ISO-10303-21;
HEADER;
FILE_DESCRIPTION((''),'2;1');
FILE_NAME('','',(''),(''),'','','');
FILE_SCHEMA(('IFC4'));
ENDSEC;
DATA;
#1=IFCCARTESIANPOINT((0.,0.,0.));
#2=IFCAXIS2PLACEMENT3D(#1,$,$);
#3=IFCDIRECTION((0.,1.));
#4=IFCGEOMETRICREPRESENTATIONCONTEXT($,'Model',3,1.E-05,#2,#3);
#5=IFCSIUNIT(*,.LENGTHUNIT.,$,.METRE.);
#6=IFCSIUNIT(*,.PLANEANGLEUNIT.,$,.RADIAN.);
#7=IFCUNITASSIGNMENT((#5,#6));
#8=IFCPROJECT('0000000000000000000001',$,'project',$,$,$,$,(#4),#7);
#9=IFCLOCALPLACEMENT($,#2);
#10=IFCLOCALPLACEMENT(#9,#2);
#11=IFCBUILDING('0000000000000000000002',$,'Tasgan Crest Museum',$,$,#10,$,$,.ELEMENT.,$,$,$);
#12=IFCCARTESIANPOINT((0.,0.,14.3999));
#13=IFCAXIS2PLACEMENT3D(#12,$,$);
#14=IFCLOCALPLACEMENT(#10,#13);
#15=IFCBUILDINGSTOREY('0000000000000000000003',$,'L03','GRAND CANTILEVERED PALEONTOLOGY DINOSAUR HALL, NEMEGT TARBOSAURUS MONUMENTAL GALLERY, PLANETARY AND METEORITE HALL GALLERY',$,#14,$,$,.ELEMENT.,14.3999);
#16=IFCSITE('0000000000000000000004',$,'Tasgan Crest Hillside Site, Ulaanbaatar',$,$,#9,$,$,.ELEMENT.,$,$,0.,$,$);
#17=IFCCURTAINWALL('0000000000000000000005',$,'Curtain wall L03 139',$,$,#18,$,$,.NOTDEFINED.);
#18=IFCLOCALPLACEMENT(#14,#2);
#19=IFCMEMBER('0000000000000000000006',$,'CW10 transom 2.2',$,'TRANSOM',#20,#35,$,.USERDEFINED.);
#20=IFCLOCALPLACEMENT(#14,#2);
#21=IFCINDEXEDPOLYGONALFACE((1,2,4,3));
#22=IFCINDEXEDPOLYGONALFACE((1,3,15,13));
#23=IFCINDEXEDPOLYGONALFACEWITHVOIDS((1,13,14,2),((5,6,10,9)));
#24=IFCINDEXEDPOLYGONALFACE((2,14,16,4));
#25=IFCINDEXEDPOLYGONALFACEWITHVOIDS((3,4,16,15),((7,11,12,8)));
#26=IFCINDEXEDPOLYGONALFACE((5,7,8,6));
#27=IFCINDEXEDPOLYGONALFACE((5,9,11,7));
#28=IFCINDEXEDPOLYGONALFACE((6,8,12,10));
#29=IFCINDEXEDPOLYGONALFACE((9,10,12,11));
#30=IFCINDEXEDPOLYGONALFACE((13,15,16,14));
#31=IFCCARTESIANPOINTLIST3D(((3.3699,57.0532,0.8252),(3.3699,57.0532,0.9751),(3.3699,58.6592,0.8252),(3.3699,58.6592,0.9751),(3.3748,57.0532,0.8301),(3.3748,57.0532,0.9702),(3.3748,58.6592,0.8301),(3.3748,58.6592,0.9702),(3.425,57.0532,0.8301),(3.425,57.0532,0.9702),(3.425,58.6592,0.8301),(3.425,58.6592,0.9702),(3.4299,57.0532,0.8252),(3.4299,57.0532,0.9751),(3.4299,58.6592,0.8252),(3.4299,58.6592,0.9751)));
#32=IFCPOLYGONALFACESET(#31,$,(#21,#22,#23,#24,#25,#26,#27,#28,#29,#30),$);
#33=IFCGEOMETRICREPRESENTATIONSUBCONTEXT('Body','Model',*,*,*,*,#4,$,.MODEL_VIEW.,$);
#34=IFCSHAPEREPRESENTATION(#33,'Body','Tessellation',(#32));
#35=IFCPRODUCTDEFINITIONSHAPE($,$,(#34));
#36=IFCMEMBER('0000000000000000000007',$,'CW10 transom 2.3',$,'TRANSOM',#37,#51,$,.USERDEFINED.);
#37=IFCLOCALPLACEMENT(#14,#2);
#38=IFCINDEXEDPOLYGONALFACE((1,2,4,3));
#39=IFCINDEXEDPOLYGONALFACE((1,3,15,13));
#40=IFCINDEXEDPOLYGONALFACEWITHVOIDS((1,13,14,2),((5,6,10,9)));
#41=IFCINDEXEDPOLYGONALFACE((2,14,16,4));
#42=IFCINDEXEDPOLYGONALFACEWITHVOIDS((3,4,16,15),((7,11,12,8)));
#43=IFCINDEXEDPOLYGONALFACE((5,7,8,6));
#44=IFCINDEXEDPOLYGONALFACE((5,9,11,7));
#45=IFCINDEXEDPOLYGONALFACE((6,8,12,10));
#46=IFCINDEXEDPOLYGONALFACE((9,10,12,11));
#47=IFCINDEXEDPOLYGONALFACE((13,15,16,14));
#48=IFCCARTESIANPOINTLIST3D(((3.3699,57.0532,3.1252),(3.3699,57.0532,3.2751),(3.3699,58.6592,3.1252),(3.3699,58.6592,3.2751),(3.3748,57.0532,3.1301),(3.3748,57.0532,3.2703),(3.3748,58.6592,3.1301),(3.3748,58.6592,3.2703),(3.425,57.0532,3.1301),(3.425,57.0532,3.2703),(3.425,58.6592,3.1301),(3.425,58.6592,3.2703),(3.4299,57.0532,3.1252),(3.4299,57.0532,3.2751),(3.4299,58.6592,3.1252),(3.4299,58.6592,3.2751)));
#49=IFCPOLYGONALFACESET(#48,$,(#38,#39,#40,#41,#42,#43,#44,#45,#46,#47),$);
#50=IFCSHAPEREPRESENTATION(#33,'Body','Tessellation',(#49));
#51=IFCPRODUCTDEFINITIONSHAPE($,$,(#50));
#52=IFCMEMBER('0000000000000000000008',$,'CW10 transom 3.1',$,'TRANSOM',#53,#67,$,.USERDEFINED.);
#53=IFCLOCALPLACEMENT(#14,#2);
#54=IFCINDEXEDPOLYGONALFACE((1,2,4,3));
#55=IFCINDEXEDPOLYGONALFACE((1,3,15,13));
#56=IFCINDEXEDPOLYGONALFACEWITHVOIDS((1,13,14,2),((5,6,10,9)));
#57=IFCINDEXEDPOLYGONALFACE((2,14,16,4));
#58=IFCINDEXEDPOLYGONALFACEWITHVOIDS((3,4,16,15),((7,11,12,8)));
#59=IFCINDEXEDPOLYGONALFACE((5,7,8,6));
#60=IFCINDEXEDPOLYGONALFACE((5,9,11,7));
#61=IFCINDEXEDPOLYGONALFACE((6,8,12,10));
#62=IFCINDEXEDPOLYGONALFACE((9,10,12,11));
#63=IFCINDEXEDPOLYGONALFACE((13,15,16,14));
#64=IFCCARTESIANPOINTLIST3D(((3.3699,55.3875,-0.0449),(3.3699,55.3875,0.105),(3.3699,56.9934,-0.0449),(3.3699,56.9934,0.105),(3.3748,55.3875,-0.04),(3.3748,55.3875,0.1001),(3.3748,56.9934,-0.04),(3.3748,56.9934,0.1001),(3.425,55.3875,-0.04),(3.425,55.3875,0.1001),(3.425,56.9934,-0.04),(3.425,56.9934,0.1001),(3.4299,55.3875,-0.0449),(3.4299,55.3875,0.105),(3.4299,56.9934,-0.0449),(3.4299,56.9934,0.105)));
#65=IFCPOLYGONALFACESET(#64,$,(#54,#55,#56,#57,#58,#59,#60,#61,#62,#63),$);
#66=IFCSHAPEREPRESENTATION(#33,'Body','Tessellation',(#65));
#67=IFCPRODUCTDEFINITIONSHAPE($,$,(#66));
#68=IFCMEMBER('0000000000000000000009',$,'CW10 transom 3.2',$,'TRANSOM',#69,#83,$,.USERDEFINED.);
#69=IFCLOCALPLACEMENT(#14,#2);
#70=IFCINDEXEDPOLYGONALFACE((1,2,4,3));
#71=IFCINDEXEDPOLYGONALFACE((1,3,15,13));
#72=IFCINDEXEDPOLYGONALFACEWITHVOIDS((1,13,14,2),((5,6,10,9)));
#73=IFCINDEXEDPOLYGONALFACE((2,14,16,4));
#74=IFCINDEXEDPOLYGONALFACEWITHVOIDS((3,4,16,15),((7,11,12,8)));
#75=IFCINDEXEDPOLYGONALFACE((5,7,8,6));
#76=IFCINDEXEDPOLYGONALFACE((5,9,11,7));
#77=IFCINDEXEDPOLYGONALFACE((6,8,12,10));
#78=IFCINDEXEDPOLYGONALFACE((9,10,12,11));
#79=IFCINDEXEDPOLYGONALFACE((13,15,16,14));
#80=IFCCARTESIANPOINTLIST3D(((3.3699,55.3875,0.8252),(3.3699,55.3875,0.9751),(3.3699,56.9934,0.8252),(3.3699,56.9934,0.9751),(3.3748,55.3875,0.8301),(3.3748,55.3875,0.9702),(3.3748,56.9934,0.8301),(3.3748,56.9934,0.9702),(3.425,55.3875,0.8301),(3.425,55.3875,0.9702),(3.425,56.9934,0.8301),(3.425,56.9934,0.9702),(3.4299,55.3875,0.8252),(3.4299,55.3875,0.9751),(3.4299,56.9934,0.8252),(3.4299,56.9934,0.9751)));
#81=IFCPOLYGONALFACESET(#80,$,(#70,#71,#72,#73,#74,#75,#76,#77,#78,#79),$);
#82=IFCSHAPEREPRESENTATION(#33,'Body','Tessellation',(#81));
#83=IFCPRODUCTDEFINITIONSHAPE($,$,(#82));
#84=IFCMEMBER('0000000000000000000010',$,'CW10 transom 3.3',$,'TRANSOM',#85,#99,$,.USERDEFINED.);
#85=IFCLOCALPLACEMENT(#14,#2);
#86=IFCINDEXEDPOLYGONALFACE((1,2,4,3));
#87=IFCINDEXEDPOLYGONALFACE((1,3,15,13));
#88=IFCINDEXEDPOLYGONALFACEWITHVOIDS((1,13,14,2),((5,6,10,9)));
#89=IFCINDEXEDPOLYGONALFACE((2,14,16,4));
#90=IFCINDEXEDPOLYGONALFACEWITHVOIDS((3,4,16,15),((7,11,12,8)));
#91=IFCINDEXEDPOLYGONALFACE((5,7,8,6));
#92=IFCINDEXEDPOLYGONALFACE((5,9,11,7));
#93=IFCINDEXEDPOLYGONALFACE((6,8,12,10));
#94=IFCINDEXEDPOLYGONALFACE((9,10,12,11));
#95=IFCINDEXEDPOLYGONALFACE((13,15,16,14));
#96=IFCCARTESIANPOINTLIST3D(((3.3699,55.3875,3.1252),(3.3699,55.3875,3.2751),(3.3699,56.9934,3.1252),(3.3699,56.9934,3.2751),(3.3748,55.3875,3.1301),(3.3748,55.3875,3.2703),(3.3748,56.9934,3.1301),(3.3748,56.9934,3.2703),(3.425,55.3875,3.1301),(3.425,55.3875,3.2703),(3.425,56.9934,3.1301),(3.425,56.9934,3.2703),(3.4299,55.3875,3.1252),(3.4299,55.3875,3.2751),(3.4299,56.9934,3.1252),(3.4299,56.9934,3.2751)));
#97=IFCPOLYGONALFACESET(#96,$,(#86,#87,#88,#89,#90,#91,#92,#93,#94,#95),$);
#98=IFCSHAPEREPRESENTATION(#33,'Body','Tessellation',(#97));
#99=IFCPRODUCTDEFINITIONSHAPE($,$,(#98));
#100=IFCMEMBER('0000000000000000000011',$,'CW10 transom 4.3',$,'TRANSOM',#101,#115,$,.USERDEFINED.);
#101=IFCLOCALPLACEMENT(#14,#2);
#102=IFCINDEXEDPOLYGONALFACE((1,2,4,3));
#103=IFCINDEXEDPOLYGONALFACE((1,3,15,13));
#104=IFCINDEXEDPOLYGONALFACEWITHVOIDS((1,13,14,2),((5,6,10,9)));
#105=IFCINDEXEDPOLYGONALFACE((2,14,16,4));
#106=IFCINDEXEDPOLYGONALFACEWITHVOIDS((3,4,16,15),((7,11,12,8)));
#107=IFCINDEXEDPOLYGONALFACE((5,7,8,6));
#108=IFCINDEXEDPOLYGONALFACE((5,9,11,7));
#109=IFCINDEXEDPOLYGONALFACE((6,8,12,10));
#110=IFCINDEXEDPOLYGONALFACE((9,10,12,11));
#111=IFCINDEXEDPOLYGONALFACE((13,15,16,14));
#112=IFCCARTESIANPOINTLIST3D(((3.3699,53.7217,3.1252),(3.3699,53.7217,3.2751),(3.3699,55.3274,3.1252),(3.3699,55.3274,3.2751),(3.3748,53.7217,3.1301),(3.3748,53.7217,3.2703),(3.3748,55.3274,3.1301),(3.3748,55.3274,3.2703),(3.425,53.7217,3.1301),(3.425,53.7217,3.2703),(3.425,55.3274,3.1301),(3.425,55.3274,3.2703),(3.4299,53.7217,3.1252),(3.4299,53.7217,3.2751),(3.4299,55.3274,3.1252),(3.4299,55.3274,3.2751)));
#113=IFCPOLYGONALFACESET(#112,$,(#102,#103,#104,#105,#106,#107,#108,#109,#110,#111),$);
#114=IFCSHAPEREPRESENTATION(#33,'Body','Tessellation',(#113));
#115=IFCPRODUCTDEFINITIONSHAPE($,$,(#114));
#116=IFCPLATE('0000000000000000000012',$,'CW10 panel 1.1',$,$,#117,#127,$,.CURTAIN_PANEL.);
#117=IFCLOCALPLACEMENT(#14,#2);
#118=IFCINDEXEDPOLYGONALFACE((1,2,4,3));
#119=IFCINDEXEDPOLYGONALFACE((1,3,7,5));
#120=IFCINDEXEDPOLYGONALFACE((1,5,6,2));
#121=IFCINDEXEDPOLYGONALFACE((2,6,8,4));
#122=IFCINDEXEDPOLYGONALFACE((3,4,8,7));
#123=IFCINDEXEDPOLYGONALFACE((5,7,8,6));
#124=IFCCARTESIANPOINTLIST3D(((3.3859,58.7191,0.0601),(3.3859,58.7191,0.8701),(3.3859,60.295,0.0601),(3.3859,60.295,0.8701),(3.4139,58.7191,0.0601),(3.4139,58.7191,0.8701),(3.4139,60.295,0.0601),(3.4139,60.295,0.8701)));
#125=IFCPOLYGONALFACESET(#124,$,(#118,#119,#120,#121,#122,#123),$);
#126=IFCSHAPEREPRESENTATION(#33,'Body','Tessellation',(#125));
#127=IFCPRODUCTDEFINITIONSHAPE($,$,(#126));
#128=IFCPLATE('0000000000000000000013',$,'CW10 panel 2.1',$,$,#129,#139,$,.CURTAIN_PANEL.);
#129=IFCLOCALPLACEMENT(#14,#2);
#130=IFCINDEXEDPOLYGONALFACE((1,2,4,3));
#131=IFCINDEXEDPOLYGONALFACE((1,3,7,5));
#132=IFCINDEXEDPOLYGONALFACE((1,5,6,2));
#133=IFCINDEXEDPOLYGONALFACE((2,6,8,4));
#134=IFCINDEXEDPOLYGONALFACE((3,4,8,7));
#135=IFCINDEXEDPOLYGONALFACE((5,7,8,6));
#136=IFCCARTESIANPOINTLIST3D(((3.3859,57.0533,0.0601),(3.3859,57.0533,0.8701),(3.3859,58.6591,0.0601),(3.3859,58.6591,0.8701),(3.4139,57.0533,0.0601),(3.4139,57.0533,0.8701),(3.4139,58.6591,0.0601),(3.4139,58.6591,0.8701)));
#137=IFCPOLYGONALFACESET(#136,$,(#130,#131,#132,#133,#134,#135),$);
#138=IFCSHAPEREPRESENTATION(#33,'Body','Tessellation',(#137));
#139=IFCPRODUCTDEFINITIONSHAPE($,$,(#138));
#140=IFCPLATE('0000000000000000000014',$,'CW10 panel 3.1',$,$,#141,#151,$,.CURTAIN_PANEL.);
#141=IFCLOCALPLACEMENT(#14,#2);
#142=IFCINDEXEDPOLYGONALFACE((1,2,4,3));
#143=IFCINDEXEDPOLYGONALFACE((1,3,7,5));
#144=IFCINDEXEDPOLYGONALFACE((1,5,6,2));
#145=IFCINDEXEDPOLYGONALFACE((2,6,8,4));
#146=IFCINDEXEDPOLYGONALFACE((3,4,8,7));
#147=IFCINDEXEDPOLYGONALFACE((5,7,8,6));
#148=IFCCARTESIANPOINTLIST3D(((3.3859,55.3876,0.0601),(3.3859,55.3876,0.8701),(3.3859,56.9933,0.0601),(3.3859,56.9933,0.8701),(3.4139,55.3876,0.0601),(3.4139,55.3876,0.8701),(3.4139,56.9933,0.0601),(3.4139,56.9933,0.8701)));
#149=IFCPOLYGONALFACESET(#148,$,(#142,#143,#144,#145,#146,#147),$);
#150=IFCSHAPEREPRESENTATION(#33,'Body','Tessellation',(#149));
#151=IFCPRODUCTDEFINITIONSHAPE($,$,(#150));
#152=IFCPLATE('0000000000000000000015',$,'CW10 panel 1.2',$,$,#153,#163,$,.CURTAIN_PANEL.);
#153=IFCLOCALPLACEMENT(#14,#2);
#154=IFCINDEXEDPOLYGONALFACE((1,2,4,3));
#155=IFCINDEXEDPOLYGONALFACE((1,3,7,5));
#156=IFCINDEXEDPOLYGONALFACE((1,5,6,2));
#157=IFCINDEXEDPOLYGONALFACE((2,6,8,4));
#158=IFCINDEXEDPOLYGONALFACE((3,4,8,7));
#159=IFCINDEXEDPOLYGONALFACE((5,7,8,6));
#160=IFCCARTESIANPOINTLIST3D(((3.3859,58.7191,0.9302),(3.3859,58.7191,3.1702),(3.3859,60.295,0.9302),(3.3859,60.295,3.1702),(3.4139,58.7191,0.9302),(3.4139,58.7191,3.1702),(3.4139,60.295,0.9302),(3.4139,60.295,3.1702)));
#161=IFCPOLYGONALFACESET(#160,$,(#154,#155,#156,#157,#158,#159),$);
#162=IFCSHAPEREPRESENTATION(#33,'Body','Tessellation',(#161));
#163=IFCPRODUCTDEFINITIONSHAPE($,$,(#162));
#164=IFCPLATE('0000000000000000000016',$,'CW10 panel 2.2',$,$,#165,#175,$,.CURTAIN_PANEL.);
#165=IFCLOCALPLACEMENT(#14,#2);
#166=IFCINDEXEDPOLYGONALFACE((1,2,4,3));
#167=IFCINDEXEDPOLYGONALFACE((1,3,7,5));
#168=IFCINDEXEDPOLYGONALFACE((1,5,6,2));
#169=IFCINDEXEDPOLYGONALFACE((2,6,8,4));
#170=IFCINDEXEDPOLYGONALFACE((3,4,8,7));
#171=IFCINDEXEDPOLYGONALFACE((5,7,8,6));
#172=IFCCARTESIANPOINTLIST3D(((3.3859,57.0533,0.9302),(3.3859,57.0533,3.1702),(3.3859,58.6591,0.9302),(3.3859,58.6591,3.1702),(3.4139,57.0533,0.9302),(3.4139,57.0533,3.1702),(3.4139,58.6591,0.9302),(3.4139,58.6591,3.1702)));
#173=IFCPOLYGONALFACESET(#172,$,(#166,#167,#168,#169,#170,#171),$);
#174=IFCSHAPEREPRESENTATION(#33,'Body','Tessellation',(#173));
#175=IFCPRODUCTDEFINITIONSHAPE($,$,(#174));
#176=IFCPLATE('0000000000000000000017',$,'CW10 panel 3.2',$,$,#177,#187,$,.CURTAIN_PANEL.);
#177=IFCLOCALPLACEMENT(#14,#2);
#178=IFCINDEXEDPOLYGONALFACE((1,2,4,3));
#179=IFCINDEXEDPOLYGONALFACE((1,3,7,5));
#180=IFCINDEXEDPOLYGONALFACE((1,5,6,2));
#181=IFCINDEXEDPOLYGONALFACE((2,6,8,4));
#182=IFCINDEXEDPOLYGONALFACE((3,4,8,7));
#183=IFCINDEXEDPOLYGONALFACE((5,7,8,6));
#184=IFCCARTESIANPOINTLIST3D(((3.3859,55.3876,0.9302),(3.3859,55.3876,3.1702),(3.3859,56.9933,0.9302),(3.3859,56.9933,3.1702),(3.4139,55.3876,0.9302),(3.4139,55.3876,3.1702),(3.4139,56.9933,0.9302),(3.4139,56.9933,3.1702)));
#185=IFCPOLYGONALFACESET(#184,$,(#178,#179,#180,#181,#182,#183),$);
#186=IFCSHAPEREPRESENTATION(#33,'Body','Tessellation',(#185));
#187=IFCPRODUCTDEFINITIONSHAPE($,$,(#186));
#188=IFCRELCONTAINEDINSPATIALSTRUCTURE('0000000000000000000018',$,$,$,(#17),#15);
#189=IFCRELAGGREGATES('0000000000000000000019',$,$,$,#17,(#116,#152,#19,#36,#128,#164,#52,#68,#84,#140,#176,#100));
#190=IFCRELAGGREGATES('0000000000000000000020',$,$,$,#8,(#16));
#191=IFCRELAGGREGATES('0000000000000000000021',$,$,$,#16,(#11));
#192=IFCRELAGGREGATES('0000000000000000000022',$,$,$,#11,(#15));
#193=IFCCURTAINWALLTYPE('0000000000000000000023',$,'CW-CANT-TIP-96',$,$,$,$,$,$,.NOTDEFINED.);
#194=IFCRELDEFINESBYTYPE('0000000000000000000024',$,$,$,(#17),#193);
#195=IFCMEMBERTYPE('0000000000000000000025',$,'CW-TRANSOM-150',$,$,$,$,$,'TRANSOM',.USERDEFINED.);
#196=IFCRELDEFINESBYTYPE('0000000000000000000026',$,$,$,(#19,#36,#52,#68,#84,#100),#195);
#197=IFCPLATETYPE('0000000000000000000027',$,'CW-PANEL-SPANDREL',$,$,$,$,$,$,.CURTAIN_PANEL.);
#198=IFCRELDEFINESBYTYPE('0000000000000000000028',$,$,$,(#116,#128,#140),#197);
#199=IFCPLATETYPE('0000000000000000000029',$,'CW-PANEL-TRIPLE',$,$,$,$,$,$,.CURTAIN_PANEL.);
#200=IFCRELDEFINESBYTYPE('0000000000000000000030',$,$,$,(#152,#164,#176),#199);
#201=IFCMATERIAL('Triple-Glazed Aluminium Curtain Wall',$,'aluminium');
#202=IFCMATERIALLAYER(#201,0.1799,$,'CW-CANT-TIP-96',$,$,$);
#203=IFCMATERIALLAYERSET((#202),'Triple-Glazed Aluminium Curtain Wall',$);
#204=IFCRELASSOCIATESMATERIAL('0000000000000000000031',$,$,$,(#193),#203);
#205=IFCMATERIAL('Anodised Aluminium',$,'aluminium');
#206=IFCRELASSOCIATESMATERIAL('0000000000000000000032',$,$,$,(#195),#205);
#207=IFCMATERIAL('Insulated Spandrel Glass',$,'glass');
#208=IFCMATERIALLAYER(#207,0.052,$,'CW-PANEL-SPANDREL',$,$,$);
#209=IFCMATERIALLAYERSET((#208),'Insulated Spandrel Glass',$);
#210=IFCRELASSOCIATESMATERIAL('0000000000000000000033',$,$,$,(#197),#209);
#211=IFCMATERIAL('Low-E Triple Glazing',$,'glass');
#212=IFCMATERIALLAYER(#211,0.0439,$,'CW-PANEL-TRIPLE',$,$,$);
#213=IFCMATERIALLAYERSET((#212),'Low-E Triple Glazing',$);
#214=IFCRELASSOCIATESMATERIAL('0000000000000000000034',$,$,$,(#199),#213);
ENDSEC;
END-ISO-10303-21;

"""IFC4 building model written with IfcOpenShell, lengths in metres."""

from ifc_helpers import new_model, si_unit, direction, frame, origin, origin_2d, place, context, subcontext, project, spatial, rectangle, hollow_rectangle, extrude, material, layer, layer_set, material_profile, profile_set, type_object, element, aggregate, save


model = new_model("IFC4")

# Units and contexts
model_context = context("Model", 3, precision=1e-05, world=origin(), true_north=direction((0.0, 1.0)))
body_context = subcontext(model_context, "Body", "Model", "MODEL_VIEW")
ifc_project = project(units=[si_unit("LENGTHUNIT", "METRE"), si_unit("PLANEANGLEUNIT", "RADIAN")], contexts=[model_context])

# Site, building, storey
site_placement = place(None, origin())
site = spatial("IfcSite", under=ifc_project, at=site_placement, Name="Tasgan Crest Hillside Site, Ulaanbaatar", CompositionType="ELEMENT", RefElevation=0.0)
building_placement = place(site_placement, origin())
building = spatial("IfcBuilding", under=site, at=building_placement, Name="Tasgan Crest Museum", CompositionType="ELEMENT")
storey_placement = place(building_placement, frame((0.0, 0.0, 14.3999)))
storey = spatial("IfcBuildingStorey", under=building, at=storey_placement, Name="L03", Description="GRAND CANTILEVERED PALEONTOLOGY DINOSAUR HALL, NEMEGT TARBOSAURUS MONUMENTAL GALLERY, PLANETARY AND METEORITE HALL GALLERY", CompositionType="ELEMENT", Elevation=14.3999)

# Shared definitions
ifc_material_1 = material(Name="Triple-Glazed Aluminium Curtain Wall", Category="aluminium")
ifc_layer_1 = layer(ifc_material_1, 0.1799, Name="CW-CANT-TIP-96")
ifc_layer_set_1 = layer_set([ifc_layer_1], Name="Triple-Glazed Aluminium Curtain Wall")
curtain_wall_type = type_object("IfcCurtainWallType", Name="CW-CANT-TIP-96", PredefinedType="NOTDEFINED", material=ifc_layer_set_1)

# Curtain wall, members, plates
curtain_wall_1_placement = place(storey_placement, origin())
curtain_wall_1 = element("IfcCurtainWall", 1, at=curtain_wall_1_placement, inside=storey, type_object=curtain_wall_type, Name="Curtain wall L03 139", PredefinedType="NOTDEFINED")
ifc_material_2 = material(Name="Anodised Aluminium", Category="aluminium")
ifc_material_profile_1 = material_profile(ifc_material_2, hollow_rectangle(XDim=0.0601, YDim=0.1499, WallThickness=0.0049, at=origin_2d()), Name="ALU TRANSOM 150x60x5")
ifc_profile_set_1 = profile_set([ifc_material_profile_1], Name="Anodised Aluminium")
member_type_1 = type_object("IfcMemberType", Name="CW-TRANSOM-150", ElementType="TRANSOM", PredefinedType="USERDEFINED", material=ifc_profile_set_1)
member_1_placement = place(storey_placement, frame((3.3999, 58.6592, 0.9001), z_axis=(0.0, -1.0, 0.0), x_axis=(1.0, 0.0, 0.0)))
member_1 = element("IfcMember", 2, at=member_1_placement, type_object=member_type_1, Name="CW10 transom 2.2", ObjectType="TRANSOM", PredefinedType="USERDEFINED", context=body_context, shape_type="SweptSolid", body=[
    extrude(hollow_rectangle(XDim=0.0601, YDim=0.1499, WallThickness=0.0049, at=origin_2d()), origin(), (0.0, 0.0, 1.0), 1.606),
])
member_2_placement = place(storey_placement, frame((3.3999, 58.6592, 3.2002), z_axis=(0.0, -1.0, 0.0), x_axis=(1.0, 0.0, 0.0)))
member_2 = element("IfcMember", 3, at=member_2_placement, type_object=member_type_1, Name="CW10 transom 2.3", ObjectType="TRANSOM", PredefinedType="USERDEFINED", context=body_context, shape_type="SweptSolid", body=[
    extrude(hollow_rectangle(XDim=0.0601, YDim=0.1499, WallThickness=0.0049, at=origin_2d()), origin(), (0.0, 0.0, 1.0), 1.606),
])
member_3_placement = place(storey_placement, frame((3.3999, 56.9934, 0.03), z_axis=(0.0, -1.0, 0.0), x_axis=(1.0, 0.0, 0.0)))
member_3 = element("IfcMember", 4, at=member_3_placement, type_object=member_type_1, Name="CW10 transom 3.1", ObjectType="TRANSOM", PredefinedType="USERDEFINED", context=body_context, shape_type="SweptSolid", body=[
    extrude(hollow_rectangle(XDim=0.0601, YDim=0.1499, WallThickness=0.0049, at=origin_2d()), origin(), (0.0, 0.0, 1.0), 1.606),
])
member_4_placement = place(storey_placement, frame((3.3999, 56.9934, 0.9001), z_axis=(0.0, -1.0, 0.0), x_axis=(1.0, 0.0, 0.0)))
member_4 = element("IfcMember", 5, at=member_4_placement, type_object=member_type_1, Name="CW10 transom 3.2", ObjectType="TRANSOM", PredefinedType="USERDEFINED", context=body_context, shape_type="SweptSolid", body=[
    extrude(hollow_rectangle(XDim=0.0601, YDim=0.1499, WallThickness=0.0049, at=origin_2d()), origin(), (0.0, 0.0, 1.0), 1.606),
])
member_5_placement = place(storey_placement, frame((3.3999, 56.9934, 3.2002), z_axis=(0.0, -1.0, 0.0), x_axis=(1.0, 0.0, 0.0)))
member_5 = element("IfcMember", 6, at=member_5_placement, type_object=member_type_1, Name="CW10 transom 3.3", ObjectType="TRANSOM", PredefinedType="USERDEFINED", context=body_context, shape_type="SweptSolid", body=[
    extrude(hollow_rectangle(XDim=0.0601, YDim=0.1499, WallThickness=0.0049, at=origin_2d()), origin(), (0.0, 0.0, 1.0), 1.606),
])
member_6_placement = place(storey_placement, frame((3.3999, 55.3274, 3.2002), z_axis=(0.0, -1.0, 0.0), x_axis=(1.0, 0.0, 0.0)))
member_6 = element("IfcMember", 7, at=member_6_placement, type_object=member_type_1, Name="CW10 transom 4.3", ObjectType="TRANSOM", PredefinedType="USERDEFINED", context=body_context, shape_type="SweptSolid", body=[
    extrude(hollow_rectangle(XDim=0.0601, YDim=0.1499, WallThickness=0.0049, at=origin_2d()), origin(), (0.0, 0.0, 1.0), 1.6057),
])
ifc_material_3 = material(Name="Insulated Spandrel Glass", Category="glass")
ifc_layer_2 = layer(ifc_material_3, 0.052, Name="CW-PANEL-SPANDREL")
ifc_layer_set_2 = layer_set([ifc_layer_2], Name="Insulated Spandrel Glass")
plate_type_1 = type_object("IfcPlateType", Name="CW-PANEL-SPANDREL", PredefinedType="CURTAIN_PANEL", material=ifc_layer_set_2)
plate_1_placement = place(storey_placement, frame((3.3999, 59.5071, 0.0601), z_axis=(0.0, 0.0, 1.0), x_axis=(0.0, -1.0, 0.0)))
plate_1 = element("IfcPlate", 8, at=plate_1_placement, type_object=plate_type_1, Name="CW10 panel 1.1", PredefinedType="CURTAIN_PANEL", context=body_context, shape_type="SweptSolid", body=[
    extrude(rectangle(XDim=1.5759, YDim=0.0281, at=origin_2d()), origin(), (0.0, 0.0, 1.0), 0.8101),
])
plate_2_placement = place(storey_placement, frame((3.3999, 57.8562, 0.0601), z_axis=(0.0, 0.0, 1.0), x_axis=(0.0, -1.0, 0.0)))
plate_2 = element("IfcPlate", 9, at=plate_2_placement, type_object=plate_type_1, Name="CW10 panel 2.1", PredefinedType="CURTAIN_PANEL", context=body_context, shape_type="SweptSolid", body=[
    extrude(rectangle(XDim=1.6057, YDim=0.0281, at=origin_2d()), origin(), (0.0, 0.0, 1.0), 0.8101),
])
plate_3_placement = place(storey_placement, frame((3.3999, 56.1904, 0.0601), z_axis=(0.0, 0.0, 1.0), x_axis=(0.0, -1.0, 0.0)))
plate_3 = element("IfcPlate", 10, at=plate_3_placement, type_object=plate_type_1, Name="CW10 panel 3.1", PredefinedType="CURTAIN_PANEL", context=body_context, shape_type="SweptSolid", body=[
    extrude(rectangle(XDim=1.6057, YDim=0.0281, at=origin_2d()), origin(), (0.0, 0.0, 1.0), 0.8101),
])
ifc_material_4 = material(Name="Low-E Triple Glazing", Category="glass")
ifc_layer_3 = layer(ifc_material_4, 0.0439, Name="CW-PANEL-TRIPLE")
ifc_layer_set_3 = layer_set([ifc_layer_3], Name="Low-E Triple Glazing")
plate_type_2 = type_object("IfcPlateType", Name="CW-PANEL-TRIPLE", PredefinedType="CURTAIN_PANEL", material=ifc_layer_set_3)
plate_4_placement = place(storey_placement, frame((3.3999, 59.5071, 0.9302), z_axis=(0.0, 0.0, 1.0), x_axis=(0.0, -1.0, 0.0)))
plate_4 = element("IfcPlate", 11, at=plate_4_placement, type_object=plate_type_2, Name="CW10 panel 1.2", PredefinedType="CURTAIN_PANEL", context=body_context, shape_type="SweptSolid", body=[
    extrude(rectangle(XDim=1.5759, YDim=0.0281, at=origin_2d()), origin(), (0.0, 0.0, 1.0), 2.24),
])
plate_5_placement = place(storey_placement, frame((3.3999, 57.8562, 0.9302), z_axis=(0.0, 0.0, 1.0), x_axis=(0.0, -1.0, 0.0)))
plate_5 = element("IfcPlate", 12, at=plate_5_placement, type_object=plate_type_2, Name="CW10 panel 2.2", PredefinedType="CURTAIN_PANEL", context=body_context, shape_type="SweptSolid", body=[
    extrude(rectangle(XDim=1.6057, YDim=0.0281, at=origin_2d()), origin(), (0.0, 0.0, 1.0), 2.24),
])
plate_6_placement = place(storey_placement, frame((3.3999, 56.1904, 0.9302), z_axis=(0.0, 0.0, 1.0), x_axis=(0.0, -1.0, 0.0)))
plate_6 = element("IfcPlate", 13, at=plate_6_placement, type_object=plate_type_2, Name="CW10 panel 3.2", PredefinedType="CURTAIN_PANEL", context=body_context, shape_type="SweptSolid", body=[
    extrude(rectangle(XDim=1.6057, YDim=0.0281, at=origin_2d()), origin(), (0.0, 0.0, 1.0), 2.24),
])
aggregate(curtain_wall_1, [plate_1, plate_4, member_1, member_2, plate_2, plate_5, member_3, member_4, member_5, plate_3, plate_6, member_6])

save(model, "model.ifc")
